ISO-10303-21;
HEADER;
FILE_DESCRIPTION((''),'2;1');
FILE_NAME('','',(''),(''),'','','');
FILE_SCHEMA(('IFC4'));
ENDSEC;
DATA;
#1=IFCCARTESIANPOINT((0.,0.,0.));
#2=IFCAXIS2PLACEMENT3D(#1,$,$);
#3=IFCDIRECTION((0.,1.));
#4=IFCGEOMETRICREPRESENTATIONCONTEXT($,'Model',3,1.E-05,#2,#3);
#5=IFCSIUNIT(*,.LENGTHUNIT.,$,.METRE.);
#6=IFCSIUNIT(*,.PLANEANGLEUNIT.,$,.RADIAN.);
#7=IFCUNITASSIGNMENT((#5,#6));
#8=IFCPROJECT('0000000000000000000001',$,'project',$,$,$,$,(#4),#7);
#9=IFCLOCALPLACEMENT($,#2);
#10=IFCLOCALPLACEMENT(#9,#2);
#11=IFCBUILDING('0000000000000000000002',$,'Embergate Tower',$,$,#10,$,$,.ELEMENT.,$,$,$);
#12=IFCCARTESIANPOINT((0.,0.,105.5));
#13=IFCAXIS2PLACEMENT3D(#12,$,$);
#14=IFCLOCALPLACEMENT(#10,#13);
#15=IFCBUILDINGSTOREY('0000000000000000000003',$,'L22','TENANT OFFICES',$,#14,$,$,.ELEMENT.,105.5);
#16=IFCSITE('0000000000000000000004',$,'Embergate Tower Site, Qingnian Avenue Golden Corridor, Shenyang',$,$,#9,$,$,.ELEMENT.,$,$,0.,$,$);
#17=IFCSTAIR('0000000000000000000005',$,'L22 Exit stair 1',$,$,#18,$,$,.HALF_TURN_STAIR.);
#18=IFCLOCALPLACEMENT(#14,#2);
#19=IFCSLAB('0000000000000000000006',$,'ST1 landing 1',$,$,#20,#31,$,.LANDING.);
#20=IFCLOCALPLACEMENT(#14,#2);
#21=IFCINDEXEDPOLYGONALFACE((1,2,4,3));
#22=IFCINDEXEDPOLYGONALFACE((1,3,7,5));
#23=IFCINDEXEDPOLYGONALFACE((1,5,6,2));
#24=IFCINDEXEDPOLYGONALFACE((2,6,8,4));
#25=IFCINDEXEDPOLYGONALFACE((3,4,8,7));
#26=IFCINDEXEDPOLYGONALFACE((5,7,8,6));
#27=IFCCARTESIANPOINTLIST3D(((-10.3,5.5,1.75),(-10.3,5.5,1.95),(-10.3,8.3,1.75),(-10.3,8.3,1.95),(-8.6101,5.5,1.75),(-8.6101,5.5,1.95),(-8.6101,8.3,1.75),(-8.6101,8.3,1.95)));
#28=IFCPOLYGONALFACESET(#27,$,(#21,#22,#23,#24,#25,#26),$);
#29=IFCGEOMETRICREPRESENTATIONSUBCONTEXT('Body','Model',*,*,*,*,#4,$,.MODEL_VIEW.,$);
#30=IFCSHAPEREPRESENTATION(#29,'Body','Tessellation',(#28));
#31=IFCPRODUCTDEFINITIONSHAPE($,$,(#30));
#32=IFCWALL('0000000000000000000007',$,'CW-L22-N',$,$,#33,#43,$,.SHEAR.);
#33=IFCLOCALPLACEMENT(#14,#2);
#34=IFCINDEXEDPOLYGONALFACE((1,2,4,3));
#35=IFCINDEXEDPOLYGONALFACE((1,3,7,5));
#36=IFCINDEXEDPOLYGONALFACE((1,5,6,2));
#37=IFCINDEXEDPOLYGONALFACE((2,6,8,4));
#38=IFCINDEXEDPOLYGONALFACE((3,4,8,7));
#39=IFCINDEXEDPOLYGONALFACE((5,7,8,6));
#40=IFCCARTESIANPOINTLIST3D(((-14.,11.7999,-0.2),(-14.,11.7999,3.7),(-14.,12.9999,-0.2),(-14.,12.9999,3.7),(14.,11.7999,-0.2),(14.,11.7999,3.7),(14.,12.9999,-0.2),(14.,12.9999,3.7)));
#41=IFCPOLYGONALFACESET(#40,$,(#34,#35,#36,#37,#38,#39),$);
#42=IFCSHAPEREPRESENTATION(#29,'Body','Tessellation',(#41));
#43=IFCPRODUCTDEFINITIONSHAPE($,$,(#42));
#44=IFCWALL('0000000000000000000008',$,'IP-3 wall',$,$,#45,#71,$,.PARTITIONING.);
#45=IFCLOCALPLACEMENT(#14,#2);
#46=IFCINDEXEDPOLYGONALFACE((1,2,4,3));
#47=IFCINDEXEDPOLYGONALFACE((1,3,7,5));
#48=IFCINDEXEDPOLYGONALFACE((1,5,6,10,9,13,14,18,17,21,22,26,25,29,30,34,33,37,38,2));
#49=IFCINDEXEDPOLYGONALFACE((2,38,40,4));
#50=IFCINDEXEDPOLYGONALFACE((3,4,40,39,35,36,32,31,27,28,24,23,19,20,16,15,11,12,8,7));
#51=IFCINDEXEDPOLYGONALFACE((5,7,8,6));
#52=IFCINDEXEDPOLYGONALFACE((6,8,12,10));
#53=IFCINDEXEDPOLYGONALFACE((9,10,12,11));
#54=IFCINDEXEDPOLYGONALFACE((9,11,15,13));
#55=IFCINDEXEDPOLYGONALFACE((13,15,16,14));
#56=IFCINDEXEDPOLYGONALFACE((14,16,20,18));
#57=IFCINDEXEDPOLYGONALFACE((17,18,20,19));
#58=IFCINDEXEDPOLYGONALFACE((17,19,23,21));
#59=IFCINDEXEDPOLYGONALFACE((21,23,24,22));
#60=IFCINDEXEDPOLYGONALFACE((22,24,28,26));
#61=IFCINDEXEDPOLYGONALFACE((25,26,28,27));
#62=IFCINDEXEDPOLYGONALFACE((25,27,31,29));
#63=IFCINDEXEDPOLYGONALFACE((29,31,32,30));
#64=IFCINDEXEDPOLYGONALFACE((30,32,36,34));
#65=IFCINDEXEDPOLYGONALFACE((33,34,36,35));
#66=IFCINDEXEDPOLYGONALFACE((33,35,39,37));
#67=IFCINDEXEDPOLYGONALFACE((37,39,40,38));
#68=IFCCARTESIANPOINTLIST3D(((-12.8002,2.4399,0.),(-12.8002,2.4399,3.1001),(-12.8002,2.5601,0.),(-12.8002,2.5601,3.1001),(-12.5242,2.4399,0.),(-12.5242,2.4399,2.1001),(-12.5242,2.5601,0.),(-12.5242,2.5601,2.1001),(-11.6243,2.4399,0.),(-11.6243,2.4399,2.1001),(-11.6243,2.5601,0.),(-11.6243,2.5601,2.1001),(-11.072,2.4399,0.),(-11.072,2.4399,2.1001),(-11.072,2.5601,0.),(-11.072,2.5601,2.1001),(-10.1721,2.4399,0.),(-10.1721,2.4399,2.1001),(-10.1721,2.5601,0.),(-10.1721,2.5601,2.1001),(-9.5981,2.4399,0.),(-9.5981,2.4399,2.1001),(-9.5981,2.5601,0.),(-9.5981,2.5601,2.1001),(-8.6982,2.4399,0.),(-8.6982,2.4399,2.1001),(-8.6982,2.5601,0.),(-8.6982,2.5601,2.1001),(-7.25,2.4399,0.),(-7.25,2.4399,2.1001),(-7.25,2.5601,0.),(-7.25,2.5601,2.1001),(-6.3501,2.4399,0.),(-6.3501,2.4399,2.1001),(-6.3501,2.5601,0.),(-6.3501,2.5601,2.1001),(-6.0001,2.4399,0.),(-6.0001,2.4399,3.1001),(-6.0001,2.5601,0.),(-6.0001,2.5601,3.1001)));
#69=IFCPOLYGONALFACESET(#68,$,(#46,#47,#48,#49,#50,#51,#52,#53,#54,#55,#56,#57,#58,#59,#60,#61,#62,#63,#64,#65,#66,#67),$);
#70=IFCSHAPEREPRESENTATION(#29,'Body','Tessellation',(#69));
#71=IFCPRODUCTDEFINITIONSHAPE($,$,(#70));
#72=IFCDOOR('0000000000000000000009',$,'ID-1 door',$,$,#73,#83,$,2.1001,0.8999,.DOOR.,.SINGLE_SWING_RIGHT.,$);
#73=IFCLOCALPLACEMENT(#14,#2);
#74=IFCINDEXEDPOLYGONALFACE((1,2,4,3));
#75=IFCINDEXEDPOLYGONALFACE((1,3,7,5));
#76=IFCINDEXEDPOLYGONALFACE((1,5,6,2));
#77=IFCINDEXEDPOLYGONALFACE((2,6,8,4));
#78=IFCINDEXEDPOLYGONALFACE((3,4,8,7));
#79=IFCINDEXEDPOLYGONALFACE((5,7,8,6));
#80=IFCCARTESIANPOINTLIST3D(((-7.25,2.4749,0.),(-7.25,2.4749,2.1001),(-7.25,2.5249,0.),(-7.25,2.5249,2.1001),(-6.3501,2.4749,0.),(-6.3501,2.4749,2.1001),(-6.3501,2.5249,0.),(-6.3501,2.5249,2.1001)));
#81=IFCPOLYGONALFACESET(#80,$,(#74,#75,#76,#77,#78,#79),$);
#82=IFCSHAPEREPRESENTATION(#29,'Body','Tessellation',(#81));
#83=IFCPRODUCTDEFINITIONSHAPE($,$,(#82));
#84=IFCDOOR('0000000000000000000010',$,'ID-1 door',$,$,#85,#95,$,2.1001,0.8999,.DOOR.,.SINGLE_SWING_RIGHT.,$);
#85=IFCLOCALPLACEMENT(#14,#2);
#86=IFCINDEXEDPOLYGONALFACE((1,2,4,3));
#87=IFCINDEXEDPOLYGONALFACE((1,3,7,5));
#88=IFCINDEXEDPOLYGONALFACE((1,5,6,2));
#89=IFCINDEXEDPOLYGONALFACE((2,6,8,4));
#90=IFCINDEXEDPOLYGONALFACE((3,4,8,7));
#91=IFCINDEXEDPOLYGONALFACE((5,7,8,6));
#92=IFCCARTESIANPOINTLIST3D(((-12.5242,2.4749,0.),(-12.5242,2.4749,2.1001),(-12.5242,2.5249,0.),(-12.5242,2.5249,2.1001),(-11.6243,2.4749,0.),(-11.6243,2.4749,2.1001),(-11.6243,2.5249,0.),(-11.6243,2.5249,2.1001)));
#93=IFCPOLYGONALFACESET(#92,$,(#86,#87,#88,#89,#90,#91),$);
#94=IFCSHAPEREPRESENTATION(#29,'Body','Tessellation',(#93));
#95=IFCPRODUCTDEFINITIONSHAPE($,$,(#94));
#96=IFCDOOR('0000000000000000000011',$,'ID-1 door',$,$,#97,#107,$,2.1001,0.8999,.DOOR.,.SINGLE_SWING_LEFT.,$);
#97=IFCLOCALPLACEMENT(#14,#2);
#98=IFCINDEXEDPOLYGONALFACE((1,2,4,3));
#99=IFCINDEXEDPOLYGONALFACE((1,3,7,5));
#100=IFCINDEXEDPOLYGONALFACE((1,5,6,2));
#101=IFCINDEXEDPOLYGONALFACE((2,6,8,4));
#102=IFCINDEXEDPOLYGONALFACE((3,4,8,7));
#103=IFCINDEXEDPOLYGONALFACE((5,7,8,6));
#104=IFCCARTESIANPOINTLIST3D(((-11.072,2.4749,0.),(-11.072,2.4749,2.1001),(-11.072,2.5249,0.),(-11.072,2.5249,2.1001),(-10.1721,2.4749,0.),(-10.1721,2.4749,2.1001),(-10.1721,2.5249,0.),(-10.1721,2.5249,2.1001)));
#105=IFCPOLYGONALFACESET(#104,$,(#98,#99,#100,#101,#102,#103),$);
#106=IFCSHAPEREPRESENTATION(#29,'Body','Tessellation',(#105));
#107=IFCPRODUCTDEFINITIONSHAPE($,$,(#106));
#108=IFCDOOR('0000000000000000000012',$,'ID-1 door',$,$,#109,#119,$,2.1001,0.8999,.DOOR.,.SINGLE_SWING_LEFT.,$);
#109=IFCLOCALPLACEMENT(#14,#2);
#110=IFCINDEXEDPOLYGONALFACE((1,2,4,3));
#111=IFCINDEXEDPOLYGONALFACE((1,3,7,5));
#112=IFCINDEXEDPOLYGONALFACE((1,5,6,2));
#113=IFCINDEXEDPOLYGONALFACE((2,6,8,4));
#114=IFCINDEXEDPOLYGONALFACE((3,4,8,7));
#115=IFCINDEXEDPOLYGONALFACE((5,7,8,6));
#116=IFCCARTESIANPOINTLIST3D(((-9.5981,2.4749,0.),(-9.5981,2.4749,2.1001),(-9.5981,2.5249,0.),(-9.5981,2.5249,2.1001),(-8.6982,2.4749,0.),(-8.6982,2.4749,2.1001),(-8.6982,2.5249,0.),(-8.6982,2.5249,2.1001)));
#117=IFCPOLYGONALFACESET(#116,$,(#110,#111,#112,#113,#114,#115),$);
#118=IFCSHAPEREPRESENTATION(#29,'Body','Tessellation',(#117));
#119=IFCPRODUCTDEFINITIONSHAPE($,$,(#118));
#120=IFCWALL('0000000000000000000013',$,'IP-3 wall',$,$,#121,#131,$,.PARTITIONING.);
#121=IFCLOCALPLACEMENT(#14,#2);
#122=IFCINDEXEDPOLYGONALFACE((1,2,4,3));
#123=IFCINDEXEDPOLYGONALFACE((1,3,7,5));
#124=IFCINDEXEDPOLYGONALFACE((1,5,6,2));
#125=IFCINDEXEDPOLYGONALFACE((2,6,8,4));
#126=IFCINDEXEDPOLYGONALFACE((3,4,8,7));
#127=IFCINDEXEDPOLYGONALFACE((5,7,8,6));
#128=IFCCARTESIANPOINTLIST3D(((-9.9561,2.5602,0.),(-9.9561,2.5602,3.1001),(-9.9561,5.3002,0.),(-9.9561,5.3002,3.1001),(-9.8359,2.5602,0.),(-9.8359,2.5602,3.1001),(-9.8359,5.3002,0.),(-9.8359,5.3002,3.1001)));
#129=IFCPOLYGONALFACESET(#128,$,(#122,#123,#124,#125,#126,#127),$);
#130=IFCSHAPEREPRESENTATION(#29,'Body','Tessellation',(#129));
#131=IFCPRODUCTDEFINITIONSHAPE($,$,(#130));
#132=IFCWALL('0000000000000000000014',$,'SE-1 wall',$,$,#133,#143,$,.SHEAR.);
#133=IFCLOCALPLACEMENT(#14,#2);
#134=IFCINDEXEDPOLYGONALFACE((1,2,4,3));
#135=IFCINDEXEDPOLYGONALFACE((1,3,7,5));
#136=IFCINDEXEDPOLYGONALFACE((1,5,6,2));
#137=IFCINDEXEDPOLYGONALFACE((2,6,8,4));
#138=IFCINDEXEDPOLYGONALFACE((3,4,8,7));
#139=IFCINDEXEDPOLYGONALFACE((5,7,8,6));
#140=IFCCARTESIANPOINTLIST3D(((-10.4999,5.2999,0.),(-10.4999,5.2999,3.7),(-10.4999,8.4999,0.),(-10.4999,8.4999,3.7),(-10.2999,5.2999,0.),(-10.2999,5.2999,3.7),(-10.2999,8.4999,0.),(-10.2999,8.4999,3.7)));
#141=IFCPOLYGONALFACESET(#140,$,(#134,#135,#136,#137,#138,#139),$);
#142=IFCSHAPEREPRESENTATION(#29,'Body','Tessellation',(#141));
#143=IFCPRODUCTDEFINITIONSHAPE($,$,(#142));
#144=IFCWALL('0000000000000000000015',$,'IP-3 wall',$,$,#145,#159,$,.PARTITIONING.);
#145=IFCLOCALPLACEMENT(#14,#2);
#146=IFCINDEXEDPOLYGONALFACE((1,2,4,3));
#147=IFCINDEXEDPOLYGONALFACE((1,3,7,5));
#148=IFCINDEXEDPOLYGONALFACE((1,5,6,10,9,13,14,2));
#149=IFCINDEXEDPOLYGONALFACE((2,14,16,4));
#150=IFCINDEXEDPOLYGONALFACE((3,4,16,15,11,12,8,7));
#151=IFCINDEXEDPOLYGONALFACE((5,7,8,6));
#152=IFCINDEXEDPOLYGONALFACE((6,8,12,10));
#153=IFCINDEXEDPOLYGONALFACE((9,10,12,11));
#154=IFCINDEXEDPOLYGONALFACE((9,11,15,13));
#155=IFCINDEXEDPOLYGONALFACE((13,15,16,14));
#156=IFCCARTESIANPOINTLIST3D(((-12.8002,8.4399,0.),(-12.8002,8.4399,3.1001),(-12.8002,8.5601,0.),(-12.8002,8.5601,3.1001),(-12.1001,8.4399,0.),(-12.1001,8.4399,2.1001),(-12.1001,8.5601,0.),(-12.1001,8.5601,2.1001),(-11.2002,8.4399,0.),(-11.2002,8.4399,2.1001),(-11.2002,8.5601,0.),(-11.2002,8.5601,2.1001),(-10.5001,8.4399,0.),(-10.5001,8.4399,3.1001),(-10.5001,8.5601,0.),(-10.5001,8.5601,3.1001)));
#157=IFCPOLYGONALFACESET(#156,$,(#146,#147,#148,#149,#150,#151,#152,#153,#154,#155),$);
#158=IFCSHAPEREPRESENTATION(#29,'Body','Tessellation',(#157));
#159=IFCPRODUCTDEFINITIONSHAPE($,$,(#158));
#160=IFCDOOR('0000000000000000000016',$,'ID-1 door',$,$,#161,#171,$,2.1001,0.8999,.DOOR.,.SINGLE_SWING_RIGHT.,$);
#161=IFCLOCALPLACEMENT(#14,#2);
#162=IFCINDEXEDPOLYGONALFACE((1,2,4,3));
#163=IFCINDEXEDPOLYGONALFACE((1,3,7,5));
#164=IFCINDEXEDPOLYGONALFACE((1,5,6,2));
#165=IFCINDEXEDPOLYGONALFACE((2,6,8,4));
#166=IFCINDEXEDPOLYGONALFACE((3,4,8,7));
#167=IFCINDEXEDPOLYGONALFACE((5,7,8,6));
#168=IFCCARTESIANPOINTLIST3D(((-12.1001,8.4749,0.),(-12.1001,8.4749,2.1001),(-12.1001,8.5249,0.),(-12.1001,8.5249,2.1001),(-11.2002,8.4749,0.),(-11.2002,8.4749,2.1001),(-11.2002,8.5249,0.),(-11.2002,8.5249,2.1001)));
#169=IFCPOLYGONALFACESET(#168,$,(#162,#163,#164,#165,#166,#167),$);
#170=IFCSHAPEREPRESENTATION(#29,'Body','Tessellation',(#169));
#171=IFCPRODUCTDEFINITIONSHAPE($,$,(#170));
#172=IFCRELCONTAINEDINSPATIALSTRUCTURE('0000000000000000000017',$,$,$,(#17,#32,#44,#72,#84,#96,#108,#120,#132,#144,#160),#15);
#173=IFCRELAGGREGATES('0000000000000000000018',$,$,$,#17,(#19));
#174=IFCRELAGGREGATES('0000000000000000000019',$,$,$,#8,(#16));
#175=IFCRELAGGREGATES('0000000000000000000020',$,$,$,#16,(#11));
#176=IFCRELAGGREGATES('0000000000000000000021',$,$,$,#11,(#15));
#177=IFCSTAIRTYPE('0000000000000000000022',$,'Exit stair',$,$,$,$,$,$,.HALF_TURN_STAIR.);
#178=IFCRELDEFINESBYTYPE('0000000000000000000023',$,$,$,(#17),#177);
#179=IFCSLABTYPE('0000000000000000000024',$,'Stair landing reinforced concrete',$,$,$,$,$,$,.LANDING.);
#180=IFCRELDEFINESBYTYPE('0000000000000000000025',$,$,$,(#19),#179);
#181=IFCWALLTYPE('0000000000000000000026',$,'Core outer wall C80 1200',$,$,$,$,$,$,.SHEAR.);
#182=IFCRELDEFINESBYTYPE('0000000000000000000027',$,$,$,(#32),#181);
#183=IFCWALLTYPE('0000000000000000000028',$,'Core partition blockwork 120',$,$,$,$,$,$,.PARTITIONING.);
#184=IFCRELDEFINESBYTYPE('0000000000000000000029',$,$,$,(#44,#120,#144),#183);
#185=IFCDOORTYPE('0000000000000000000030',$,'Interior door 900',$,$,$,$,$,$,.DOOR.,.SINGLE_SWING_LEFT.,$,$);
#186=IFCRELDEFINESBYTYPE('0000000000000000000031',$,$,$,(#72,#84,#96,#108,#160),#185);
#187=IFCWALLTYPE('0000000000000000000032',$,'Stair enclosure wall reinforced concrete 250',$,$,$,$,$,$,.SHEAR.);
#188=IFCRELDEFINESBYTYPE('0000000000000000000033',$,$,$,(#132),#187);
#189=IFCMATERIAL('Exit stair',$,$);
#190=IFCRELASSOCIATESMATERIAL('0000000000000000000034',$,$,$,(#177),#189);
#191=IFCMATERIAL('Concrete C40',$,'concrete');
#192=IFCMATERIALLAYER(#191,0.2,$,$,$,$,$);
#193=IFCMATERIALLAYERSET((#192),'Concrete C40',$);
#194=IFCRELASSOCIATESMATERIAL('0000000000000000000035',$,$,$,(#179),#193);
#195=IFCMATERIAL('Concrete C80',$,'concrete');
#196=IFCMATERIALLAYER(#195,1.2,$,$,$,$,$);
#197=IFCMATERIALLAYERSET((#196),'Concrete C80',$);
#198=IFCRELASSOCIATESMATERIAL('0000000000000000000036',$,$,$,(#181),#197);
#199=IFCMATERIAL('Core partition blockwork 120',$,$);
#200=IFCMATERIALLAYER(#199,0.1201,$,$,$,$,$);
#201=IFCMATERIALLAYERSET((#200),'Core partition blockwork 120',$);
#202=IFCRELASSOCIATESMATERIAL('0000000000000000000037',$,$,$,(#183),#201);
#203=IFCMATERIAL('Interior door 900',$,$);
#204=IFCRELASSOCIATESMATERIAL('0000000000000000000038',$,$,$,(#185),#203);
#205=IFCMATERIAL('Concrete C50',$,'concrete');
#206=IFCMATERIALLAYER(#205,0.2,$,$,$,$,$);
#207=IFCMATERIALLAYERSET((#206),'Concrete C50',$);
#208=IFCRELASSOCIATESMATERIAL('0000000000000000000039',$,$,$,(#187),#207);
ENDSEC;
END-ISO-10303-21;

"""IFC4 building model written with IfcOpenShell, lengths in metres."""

from ifc_helpers import new_model, si_unit, direction, frame, frame_2d, origin, place, context, subcontext, project, spatial, polyline, rectangle, outline, extrude, source, transform, mapped, material, layer, layer_set, type_object, element, fill, aggregate, save


model = new_model("IFC4")

# Units and contexts
model_context = context("Model", 3, precision=1e-05, world=origin(), true_north=direction((0.0, 1.0)))
body_context = subcontext(model_context, "Body", "Model", "MODEL_VIEW")
ifc_project = project(units=[si_unit("LENGTHUNIT", "METRE"), si_unit("PLANEANGLEUNIT", "RADIAN")], contexts=[model_context])

# Site, building, storey
site_placement = place(None, origin())
site = spatial("IfcSite", under=ifc_project, at=site_placement, Name="Embergate Tower Site, Qingnian Avenue Golden Corridor, Shenyang", CompositionType="ELEMENT", RefElevation=0.0)
building_placement = place(site_placement, origin())
building = spatial("IfcBuilding", under=site, at=building_placement, Name="Embergate Tower", CompositionType="ELEMENT")
storey_placement = place(building_placement, frame((0.0, 0.0, 105.5)))
storey = spatial("IfcBuildingStorey", under=building, at=storey_placement, Name="L22", Description="TENANT OFFICES", CompositionType="ELEMENT", Elevation=105.5)

# Stair, slab
ifc_material_1 = material(Name="Exit stair")
stair_type = type_object("IfcStairType", Name="Exit stair", PredefinedType="HALF_TURN_STAIR", material=ifc_material_1)
stair_placement = place(storey_placement, origin())
stair = element("IfcStair", 1, at=stair_placement, inside=storey, type_object=stair_type, Name="L22 Exit stair 1", PredefinedType="HALF_TURN_STAIR")
ifc_material_2 = material(Name="Concrete C40", Category="concrete")
ifc_layer_1 = layer(ifc_material_2, 0.2)
ifc_layer_set_1 = layer_set([ifc_layer_1], Name="Concrete C40")
slab_type = type_object("IfcSlabType", Name="Stair landing reinforced concrete", PredefinedType="LANDING", material=ifc_layer_set_1)
shared_shape_1 = source(origin(), body_context, "Body", "SweptSolid", [
    extrude(outline(polyline([(0.0, 0.0), (1.6899, 0.0), (1.6899, 2.8), (0.0, 2.8), (0.0, 0.0)])), origin(), (0.0, 0.0, 1.0), 0.2),
])
slab_placement = place(storey_placement, frame((-10.3, 5.5, 1.75)))
slab = element("IfcSlab", 2, at=slab_placement, type_object=slab_type, Name="ST1 landing 1", PredefinedType="LANDING", context=body_context, shape_type="MappedRepresentation", body=[
    mapped(shared_shape_1, transform((0.0, 0.0, 0.0))),
])

# Wall
ifc_material_3 = material(Name="Concrete C80", Category="concrete")
ifc_layer_2 = layer(ifc_material_3, 1.2)
ifc_layer_set_2 = layer_set([ifc_layer_2], Name="Concrete C80")
wall_type_1 = type_object("IfcWallType", Name="Core outer wall C80 1200", PredefinedType="SHEAR", material=ifc_layer_set_2)
shared_shape_2 = source(origin(), body_context, "Body", "SweptSolid", [
    extrude(rectangle(XDim=28.0, YDim=1.2, at=frame_2d((14.0, 0.0))), origin(), (0.0, 0.0, 1.0), 3.8999),
])
wall_1_placement = place(storey_placement, frame((-14.0, 12.3999, -0.2), z_axis=(0.0, 0.0, 1.0), x_axis=(1.0, 0.0, 0.0)))
element("IfcWall", 3, at=wall_1_placement, inside=storey, type_object=wall_type_1, Name="CW-L22-N", PredefinedType="SHEAR", context=body_context, shape_type="MappedRepresentation", body=[
    mapped(shared_shape_2, transform((0.0, 0.0, 0.0))),
])

# Wall, openings, doors
ifc_material_4 = material(Name="Core partition blockwork 120")
ifc_layer_3 = layer(ifc_material_4, 0.1201)
ifc_layer_set_3 = layer_set([ifc_layer_3], Name="Core partition blockwork 120")
wall_type_2 = type_object("IfcWallType", Name="Core partition blockwork 120", PredefinedType="PARTITIONING", material=ifc_layer_set_3)
shared_shape_3 = source(origin(), body_context, "Body", "SweptSolid", [
    extrude(rectangle(XDim=6.8, YDim=0.1201, at=frame_2d((3.3999, 0.0))), origin(), (0.0, 0.0, 1.0), 3.1001),
])
wall_2_placement = place(storey_placement, frame((-12.8, 2.5, 0.0), z_axis=(0.0, 0.0, 1.0), x_axis=(1.0, 0.0, 0.0)))
wall_2 = element("IfcWall", 4, at=wall_2_placement, inside=storey, type_object=wall_type_2, Name="IP-3 wall", PredefinedType="PARTITIONING", context=body_context, shape_type="MappedRepresentation", body=[
    mapped(shared_shape_3, transform((0.0, 0.0, 0.0))),
])
shared_shape_4 = source(origin(), body_context, "Body", "SweptSolid", [
    extrude(rectangle(XDim=0.8999, YDim=2.1001, at=frame_2d((0.45, 1.05))), frame((0.0, 0.0701, 0.0), z_axis=(0.0, -1.0, 0.0), x_axis=(1.0, 0.0, 0.0)), (0.0, 0.0, 1.0), 0.1401),
])
opening_1_placement = place(wall_2_placement, frame((5.55, 0.0, 0.0)))
opening_1 = element("IfcOpeningElement", 5, at=opening_1_placement, cuts=wall_2, PredefinedType="OPENING", context=body_context, shape_type="MappedRepresentation", body=[
    mapped(shared_shape_4, transform((0.0, 0.0, 0.0))),
])
opening_2_placement = place(wall_2_placement, frame((0.2759, 0.0, 0.0)))
opening_2 = element("IfcOpeningElement", 6, at=opening_2_placement, cuts=wall_2, PredefinedType="OPENING", context=body_context, shape_type="MappedRepresentation", body=[
    mapped(shared_shape_4, transform((0.0, 0.0, 0.0))),
])
opening_3_placement = place(wall_2_placement, frame((1.728, 0.0, 0.0)))
opening_3 = element("IfcOpeningElement", 7, at=opening_3_placement, cuts=wall_2, PredefinedType="OPENING", context=body_context, shape_type="MappedRepresentation", body=[
    mapped(shared_shape_4, transform((0.0, 0.0, 0.0))),
])
opening_4_placement = place(wall_2_placement, frame((3.2019, 0.0, 0.0)))
opening_4 = element("IfcOpeningElement", 8, at=opening_4_placement, cuts=wall_2, PredefinedType="OPENING", context=body_context, shape_type="MappedRepresentation", body=[
    mapped(shared_shape_4, transform((0.0, 0.0, 0.0))),
])
ifc_material_5 = material(Name="Interior door 900")
door_type_1 = type_object("IfcDoorType", Name="Interior door 900", OperationType="SINGLE_SWING_LEFT", PredefinedType="DOOR", material=ifc_material_5)
shared_shape_5 = source(origin(), body_context, "Body", "SweptSolid", [
    extrude(rectangle(XDim=0.8999, YDim=2.1001, at=frame_2d((0.45, 1.05))), frame((0.0, 0.0249, 0.0), z_axis=(0.0, -1.0, 0.0), x_axis=(1.0, 0.0, 0.0)), (0.0, 0.0, 1.0), 0.05),
])
door_1_placement = place(opening_1_placement, origin())
door_1 = element("IfcDoor", 9, at=door_1_placement, inside=storey, type_object=door_type_1, Name="ID-1 door", OperationType="SINGLE_SWING_RIGHT", OverallHeight=2.1001, OverallWidth=0.8999, PredefinedType="DOOR", context=body_context, shape_type="MappedRepresentation", body=[
    mapped(shared_shape_5, transform((0.0, 0.0, 0.0))),
])
fill(opening_1, door_1)
door_2_placement = place(opening_2_placement, origin())
door_2 = element("IfcDoor", 10, at=door_2_placement, inside=storey, type_object=door_type_1, Name="ID-1 door", OperationType="SINGLE_SWING_RIGHT", OverallHeight=2.1001, OverallWidth=0.8999, PredefinedType="DOOR", context=body_context, shape_type="MappedRepresentation", body=[
    mapped(shared_shape_5, transform((0.0, 0.0, 0.0))),
])
fill(opening_2, door_2)
door_3_placement = place(opening_3_placement, origin())
door_3 = element("IfcDoor", 11, at=door_3_placement, inside=storey, type_object=door_type_1, Name="ID-1 door", OperationType="SINGLE_SWING_LEFT", OverallHeight=2.1001, OverallWidth=0.8999, PredefinedType="DOOR", context=body_context, shape_type="MappedRepresentation", body=[
    mapped(shared_shape_5, transform((0.0, 0.0, 0.0))),
])
fill(opening_3, door_3)
door_4_placement = place(opening_4_placement, origin())
door_4 = element("IfcDoor", 12, at=door_4_placement, inside=storey, type_object=door_type_1, Name="ID-1 door", OperationType="SINGLE_SWING_LEFT", OverallHeight=2.1001, OverallWidth=0.8999, PredefinedType="DOOR", context=body_context, shape_type="MappedRepresentation", body=[
    mapped(shared_shape_5, transform((0.0, 0.0, 0.0))),
])
fill(opening_4, door_4)

# Walls
shared_shape_6 = source(origin(), body_context, "Body", "SweptSolid", [
    extrude(rectangle(XDim=2.74, YDim=0.1201, at=frame_2d((1.3701, 0.0))), origin(), (0.0, 0.0, 1.0), 3.1001),
])
wall_3_placement = place(storey_placement, frame((-9.896, 2.5601, 0.0), z_axis=(0.0, 0.0, 1.0), x_axis=(0.0, 1.0, 0.0)))
element("IfcWall", 13, at=wall_3_placement, inside=storey, type_object=wall_type_2, Name="IP-3 wall", PredefinedType="PARTITIONING", context=body_context, shape_type="MappedRepresentation", body=[
    mapped(shared_shape_6, transform((0.0, 0.0, 0.0))),
])
ifc_material_6 = material(Name="Concrete C50", Category="concrete")
ifc_layer_4 = layer(ifc_material_6, 0.2)
ifc_layer_set_4 = layer_set([ifc_layer_4], Name="Concrete C50")
wall_type_3 = type_object("IfcWallType", Name="Stair enclosure wall reinforced concrete 250", PredefinedType="SHEAR", material=ifc_layer_set_4)
shared_shape_7 = source(origin(), body_context, "Body", "SweptSolid", [
    extrude(rectangle(XDim=3.2, YDim=0.2, at=frame_2d((1.6001, 0.0))), origin(), (0.0, 0.0, 1.0), 3.7),
])
wall_4_placement = place(storey_placement, frame((-10.3999, 8.5, 0.0), z_axis=(0.0, 0.0, 1.0), x_axis=(0.0, -1.0, 0.0)))
element("IfcWall", 14, at=wall_4_placement, inside=storey, type_object=wall_type_3, Name="SE-1 wall", PredefinedType="SHEAR", context=body_context, shape_type="MappedRepresentation", body=[
    mapped(shared_shape_7, transform((0.0, 0.0, 0.0))),
])

# Wall, opening, door
shared_shape_8 = source(origin(), body_context, "Body", "SweptSolid", [
    extrude(rectangle(XDim=2.3, YDim=0.1201, at=frame_2d((1.1499, 0.0))), origin(), (0.0, 0.0, 1.0), 3.1001),
])
wall_5_placement = place(storey_placement, frame((-12.8, 8.5, 0.0), z_axis=(0.0, 0.0, 1.0), x_axis=(1.0, 0.0, 0.0)))
wall_5 = element("IfcWall", 15, at=wall_5_placement, inside=storey, type_object=wall_type_2, Name="IP-3 wall", PredefinedType="PARTITIONING", context=body_context, shape_type="MappedRepresentation", body=[
    mapped(shared_shape_8, transform((0.0, 0.0, 0.0))),
])
opening_5_placement = place(wall_5_placement, frame((0.7, 0.0, 0.0)))
opening_5 = element("IfcOpeningElement", 16, at=opening_5_placement, cuts=wall_5, PredefinedType="OPENING", context=body_context, shape_type="MappedRepresentation", body=[
    mapped(shared_shape_4, transform((0.0, 0.0, 0.0))),
])
door_5_placement = place(opening_5_placement, origin())
door_5 = element("IfcDoor", 17, at=door_5_placement, inside=storey, type_object=door_type_1, Name="ID-1 door", OperationType="SINGLE_SWING_RIGHT", OverallHeight=2.1001, OverallWidth=0.8999, PredefinedType="DOOR", context=body_context, shape_type="MappedRepresentation", body=[
    mapped(shared_shape_5, transform((0.0, 0.0, 0.0))),
])
fill(opening_5, door_5)

aggregate(stair, [slab])

save(model, "model.ifc")
